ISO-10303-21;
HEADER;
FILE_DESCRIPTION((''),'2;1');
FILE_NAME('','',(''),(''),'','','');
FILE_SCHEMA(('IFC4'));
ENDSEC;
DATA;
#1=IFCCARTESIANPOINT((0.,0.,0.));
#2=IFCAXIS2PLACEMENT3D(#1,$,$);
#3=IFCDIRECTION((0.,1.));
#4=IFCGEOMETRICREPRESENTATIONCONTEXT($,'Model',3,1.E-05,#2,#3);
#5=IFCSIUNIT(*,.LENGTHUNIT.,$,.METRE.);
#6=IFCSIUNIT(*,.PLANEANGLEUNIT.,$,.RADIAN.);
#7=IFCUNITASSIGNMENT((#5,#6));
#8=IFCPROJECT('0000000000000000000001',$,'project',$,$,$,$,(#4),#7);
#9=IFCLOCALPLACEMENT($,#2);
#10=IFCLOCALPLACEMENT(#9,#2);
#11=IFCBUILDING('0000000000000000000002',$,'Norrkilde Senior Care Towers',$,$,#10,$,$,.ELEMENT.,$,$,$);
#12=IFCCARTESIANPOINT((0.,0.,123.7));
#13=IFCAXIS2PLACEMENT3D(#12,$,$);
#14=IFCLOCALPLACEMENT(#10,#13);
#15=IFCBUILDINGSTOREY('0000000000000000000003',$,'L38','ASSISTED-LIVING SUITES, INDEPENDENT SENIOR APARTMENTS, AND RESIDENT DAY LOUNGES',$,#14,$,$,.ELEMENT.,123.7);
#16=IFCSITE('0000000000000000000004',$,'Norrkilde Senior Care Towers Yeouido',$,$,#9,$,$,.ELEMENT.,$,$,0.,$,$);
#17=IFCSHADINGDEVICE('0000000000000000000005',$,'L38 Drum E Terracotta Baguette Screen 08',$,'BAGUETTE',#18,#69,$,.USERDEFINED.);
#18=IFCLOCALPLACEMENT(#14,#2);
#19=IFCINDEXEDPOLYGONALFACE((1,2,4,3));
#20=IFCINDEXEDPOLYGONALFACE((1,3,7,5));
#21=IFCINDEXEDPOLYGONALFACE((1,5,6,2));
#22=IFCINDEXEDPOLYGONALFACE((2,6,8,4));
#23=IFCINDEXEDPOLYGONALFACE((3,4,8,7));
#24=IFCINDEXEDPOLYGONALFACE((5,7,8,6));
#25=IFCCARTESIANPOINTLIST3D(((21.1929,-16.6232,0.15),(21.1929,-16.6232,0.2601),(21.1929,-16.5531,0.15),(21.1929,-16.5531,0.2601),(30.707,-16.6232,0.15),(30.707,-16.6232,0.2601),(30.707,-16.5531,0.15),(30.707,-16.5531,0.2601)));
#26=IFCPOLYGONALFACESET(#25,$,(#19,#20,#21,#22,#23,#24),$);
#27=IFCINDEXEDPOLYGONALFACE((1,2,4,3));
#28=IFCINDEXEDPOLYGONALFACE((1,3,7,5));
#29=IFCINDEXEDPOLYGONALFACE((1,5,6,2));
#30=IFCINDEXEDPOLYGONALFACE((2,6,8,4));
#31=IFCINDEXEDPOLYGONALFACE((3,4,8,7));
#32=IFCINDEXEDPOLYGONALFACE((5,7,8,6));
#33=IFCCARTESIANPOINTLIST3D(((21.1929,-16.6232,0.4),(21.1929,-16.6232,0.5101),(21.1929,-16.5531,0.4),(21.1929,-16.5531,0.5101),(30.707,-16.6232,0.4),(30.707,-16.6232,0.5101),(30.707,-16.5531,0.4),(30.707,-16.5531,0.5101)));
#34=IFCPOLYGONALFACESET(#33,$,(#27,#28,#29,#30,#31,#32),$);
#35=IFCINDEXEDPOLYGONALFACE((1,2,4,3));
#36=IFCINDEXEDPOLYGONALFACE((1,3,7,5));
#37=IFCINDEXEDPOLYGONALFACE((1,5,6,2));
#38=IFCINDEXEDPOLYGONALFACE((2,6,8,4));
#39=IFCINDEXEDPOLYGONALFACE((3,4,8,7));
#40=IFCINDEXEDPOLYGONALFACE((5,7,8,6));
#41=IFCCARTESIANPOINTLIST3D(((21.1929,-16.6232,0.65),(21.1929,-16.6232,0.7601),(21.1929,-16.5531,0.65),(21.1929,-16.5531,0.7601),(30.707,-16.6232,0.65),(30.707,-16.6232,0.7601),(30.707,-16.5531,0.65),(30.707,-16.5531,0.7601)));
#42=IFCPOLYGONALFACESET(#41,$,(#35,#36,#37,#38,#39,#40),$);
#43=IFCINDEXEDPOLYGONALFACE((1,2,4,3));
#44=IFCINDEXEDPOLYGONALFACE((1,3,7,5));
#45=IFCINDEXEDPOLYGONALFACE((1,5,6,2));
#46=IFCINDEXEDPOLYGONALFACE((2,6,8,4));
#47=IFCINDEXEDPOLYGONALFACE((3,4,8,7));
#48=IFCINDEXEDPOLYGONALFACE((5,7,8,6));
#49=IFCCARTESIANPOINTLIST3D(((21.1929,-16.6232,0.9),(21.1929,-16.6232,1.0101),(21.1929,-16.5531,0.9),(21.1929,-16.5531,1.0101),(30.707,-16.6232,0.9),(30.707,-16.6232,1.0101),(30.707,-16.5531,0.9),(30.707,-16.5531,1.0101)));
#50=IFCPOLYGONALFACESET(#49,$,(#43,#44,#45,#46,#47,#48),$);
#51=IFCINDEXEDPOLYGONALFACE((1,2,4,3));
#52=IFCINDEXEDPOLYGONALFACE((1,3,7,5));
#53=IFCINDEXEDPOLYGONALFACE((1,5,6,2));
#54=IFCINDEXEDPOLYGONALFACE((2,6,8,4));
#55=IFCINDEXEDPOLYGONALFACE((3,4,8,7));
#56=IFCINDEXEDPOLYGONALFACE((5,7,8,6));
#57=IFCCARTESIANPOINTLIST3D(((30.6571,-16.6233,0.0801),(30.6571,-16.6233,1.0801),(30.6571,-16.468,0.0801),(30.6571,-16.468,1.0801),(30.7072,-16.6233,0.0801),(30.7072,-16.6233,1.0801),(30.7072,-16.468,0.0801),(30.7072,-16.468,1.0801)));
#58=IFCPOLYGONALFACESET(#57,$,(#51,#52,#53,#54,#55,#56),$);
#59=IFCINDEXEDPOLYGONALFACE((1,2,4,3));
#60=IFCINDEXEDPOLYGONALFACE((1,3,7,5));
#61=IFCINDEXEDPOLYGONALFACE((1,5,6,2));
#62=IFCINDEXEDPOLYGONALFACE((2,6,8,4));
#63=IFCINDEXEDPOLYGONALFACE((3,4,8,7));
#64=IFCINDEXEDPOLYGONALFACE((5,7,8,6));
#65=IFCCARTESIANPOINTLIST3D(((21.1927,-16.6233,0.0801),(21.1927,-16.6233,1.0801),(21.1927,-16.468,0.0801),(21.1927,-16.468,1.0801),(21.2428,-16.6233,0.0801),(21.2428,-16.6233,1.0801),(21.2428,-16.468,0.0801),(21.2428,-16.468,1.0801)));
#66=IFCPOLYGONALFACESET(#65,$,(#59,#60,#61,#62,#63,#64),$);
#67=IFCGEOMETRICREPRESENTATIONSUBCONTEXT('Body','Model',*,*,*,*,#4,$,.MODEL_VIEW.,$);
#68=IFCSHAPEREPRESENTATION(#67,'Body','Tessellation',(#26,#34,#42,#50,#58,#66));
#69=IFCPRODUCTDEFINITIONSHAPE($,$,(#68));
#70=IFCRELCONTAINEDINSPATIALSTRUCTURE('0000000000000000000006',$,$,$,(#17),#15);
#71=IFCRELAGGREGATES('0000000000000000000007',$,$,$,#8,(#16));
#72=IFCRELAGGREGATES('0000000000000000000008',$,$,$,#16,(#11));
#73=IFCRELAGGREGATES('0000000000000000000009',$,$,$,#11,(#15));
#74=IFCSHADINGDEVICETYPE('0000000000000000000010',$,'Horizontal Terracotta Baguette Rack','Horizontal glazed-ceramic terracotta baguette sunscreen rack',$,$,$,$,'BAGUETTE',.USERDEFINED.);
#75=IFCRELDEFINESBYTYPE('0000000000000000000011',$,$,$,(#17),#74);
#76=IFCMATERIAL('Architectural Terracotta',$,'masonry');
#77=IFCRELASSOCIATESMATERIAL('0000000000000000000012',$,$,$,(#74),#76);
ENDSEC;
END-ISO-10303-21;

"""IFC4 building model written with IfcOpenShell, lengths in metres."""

from ifc_helpers import new_model, si_unit, direction, frame, origin, origin_2d, place, context, subcontext, project, spatial, rectangle, extrude, source, transform, mapped, material, type_object, type_shapes, element, save


model = new_model("IFC4")

# Units and contexts
model_context = context("Model", 3, precision=1e-05, world=origin(), true_north=direction((0.0, 1.0)))
body_context = subcontext(model_context, "Body", "Model", "MODEL_VIEW")
ifc_project = project(units=[si_unit("LENGTHUNIT", "METRE"), si_unit("PLANEANGLEUNIT", "RADIAN")], contexts=[model_context])

# Site, building, storey
site_placement = place(None, origin())
site = spatial("IfcSite", under=ifc_project, at=site_placement, Name="Norrkilde Senior Care Towers Yeouido", CompositionType="ELEMENT", RefElevation=0.0)
building_placement = place(site_placement, origin())
building = spatial("IfcBuilding", under=site, at=building_placement, Name="Norrkilde Senior Care Towers", CompositionType="ELEMENT")
storey_placement = place(building_placement, frame((0.0, 0.0, 123.7)))
storey = spatial("IfcBuildingStorey", under=building, at=storey_placement, Name="L38", Description="ASSISTED-LIVING SUITES, INDEPENDENT SENIOR APARTMENTS, AND RESIDENT DAY LOUNGES", CompositionType="ELEMENT", Elevation=123.7)

# Shading device
ifc_material_1 = material(Name="Architectural Terracotta", Category="masonry")
shading_device_type = type_object("IfcShadingDeviceType", Name="Horizontal Terracotta Baguette Rack", Description="Horizontal glazed-ceramic terracotta baguette sunscreen rack", ElementType="BAGUETTE", PredefinedType="USERDEFINED", material=ifc_material_1)
shared_shape_1 = source(origin(), body_context, "Body", "SweptSolid", [
    extrude(rectangle(XDim=0.0701, YDim=0.1101, at=origin_2d()), frame((0.0, 0.0901, 0.125), z_axis=(1.0, 0.0, 0.0), x_axis=(0.0, 1.0, 0.0)), (0.0, 0.0, 1.0), 9.5142),
    extrude(rectangle(XDim=0.0701, YDim=0.1101, at=origin_2d()), frame((0.0, 0.0901, 0.375), z_axis=(1.0, 0.0, 0.0), x_axis=(0.0, 1.0, 0.0)), (0.0, 0.0, 1.0), 9.5142),
    extrude(rectangle(XDim=0.0701, YDim=0.1101, at=origin_2d()), frame((0.0, 0.0901, 0.625), z_axis=(1.0, 0.0, 0.0), x_axis=(0.0, 1.0, 0.0)), (0.0, 0.0, 1.0), 9.5142),
    extrude(rectangle(XDim=0.0701, YDim=0.1101, at=origin_2d()), frame((0.0, 0.0901, 0.875), z_axis=(1.0, 0.0, 0.0), x_axis=(0.0, 1.0, 0.0)), (0.0, 0.0, 1.0), 9.5142),
    extrude(rectangle(XDim=0.05, YDim=0.1553, at=origin_2d()), frame((0.0249, 0.0476, 0.0)), (0.0, 0.0, 1.0), 1.0),
    extrude(rectangle(XDim=0.05, YDim=0.1553, at=origin_2d()), frame((9.4893, 0.0476, 0.0)), (0.0, 0.0, 1.0), 1.0),
])
type_shapes(shading_device_type, [shared_shape_1])
shading_device_placement = place(storey_placement, frame((30.707, -16.498, 0.0801), z_axis=(0.0, 0.0, 1.0), x_axis=(-1.0, 0.0, 0.0)))
element("IfcShadingDevice", 1, at=shading_device_placement, inside=storey, type_object=shading_device_type, Name="L38 Drum E Terracotta Baguette Screen 08", ObjectType="BAGUETTE", PredefinedType="USERDEFINED", context=body_context, shape_type="MappedRepresentation", body=[
    mapped(shared_shape_1, transform((0.0, 0.0, 0.0), x_axis=(1.0, 0.0, 0.0), y_axis=(0.0, 1.0, 0.0), z_axis=(0.0, 0.0, 1.0), scale=1.0)),
])

save(model, "model.ifc")
